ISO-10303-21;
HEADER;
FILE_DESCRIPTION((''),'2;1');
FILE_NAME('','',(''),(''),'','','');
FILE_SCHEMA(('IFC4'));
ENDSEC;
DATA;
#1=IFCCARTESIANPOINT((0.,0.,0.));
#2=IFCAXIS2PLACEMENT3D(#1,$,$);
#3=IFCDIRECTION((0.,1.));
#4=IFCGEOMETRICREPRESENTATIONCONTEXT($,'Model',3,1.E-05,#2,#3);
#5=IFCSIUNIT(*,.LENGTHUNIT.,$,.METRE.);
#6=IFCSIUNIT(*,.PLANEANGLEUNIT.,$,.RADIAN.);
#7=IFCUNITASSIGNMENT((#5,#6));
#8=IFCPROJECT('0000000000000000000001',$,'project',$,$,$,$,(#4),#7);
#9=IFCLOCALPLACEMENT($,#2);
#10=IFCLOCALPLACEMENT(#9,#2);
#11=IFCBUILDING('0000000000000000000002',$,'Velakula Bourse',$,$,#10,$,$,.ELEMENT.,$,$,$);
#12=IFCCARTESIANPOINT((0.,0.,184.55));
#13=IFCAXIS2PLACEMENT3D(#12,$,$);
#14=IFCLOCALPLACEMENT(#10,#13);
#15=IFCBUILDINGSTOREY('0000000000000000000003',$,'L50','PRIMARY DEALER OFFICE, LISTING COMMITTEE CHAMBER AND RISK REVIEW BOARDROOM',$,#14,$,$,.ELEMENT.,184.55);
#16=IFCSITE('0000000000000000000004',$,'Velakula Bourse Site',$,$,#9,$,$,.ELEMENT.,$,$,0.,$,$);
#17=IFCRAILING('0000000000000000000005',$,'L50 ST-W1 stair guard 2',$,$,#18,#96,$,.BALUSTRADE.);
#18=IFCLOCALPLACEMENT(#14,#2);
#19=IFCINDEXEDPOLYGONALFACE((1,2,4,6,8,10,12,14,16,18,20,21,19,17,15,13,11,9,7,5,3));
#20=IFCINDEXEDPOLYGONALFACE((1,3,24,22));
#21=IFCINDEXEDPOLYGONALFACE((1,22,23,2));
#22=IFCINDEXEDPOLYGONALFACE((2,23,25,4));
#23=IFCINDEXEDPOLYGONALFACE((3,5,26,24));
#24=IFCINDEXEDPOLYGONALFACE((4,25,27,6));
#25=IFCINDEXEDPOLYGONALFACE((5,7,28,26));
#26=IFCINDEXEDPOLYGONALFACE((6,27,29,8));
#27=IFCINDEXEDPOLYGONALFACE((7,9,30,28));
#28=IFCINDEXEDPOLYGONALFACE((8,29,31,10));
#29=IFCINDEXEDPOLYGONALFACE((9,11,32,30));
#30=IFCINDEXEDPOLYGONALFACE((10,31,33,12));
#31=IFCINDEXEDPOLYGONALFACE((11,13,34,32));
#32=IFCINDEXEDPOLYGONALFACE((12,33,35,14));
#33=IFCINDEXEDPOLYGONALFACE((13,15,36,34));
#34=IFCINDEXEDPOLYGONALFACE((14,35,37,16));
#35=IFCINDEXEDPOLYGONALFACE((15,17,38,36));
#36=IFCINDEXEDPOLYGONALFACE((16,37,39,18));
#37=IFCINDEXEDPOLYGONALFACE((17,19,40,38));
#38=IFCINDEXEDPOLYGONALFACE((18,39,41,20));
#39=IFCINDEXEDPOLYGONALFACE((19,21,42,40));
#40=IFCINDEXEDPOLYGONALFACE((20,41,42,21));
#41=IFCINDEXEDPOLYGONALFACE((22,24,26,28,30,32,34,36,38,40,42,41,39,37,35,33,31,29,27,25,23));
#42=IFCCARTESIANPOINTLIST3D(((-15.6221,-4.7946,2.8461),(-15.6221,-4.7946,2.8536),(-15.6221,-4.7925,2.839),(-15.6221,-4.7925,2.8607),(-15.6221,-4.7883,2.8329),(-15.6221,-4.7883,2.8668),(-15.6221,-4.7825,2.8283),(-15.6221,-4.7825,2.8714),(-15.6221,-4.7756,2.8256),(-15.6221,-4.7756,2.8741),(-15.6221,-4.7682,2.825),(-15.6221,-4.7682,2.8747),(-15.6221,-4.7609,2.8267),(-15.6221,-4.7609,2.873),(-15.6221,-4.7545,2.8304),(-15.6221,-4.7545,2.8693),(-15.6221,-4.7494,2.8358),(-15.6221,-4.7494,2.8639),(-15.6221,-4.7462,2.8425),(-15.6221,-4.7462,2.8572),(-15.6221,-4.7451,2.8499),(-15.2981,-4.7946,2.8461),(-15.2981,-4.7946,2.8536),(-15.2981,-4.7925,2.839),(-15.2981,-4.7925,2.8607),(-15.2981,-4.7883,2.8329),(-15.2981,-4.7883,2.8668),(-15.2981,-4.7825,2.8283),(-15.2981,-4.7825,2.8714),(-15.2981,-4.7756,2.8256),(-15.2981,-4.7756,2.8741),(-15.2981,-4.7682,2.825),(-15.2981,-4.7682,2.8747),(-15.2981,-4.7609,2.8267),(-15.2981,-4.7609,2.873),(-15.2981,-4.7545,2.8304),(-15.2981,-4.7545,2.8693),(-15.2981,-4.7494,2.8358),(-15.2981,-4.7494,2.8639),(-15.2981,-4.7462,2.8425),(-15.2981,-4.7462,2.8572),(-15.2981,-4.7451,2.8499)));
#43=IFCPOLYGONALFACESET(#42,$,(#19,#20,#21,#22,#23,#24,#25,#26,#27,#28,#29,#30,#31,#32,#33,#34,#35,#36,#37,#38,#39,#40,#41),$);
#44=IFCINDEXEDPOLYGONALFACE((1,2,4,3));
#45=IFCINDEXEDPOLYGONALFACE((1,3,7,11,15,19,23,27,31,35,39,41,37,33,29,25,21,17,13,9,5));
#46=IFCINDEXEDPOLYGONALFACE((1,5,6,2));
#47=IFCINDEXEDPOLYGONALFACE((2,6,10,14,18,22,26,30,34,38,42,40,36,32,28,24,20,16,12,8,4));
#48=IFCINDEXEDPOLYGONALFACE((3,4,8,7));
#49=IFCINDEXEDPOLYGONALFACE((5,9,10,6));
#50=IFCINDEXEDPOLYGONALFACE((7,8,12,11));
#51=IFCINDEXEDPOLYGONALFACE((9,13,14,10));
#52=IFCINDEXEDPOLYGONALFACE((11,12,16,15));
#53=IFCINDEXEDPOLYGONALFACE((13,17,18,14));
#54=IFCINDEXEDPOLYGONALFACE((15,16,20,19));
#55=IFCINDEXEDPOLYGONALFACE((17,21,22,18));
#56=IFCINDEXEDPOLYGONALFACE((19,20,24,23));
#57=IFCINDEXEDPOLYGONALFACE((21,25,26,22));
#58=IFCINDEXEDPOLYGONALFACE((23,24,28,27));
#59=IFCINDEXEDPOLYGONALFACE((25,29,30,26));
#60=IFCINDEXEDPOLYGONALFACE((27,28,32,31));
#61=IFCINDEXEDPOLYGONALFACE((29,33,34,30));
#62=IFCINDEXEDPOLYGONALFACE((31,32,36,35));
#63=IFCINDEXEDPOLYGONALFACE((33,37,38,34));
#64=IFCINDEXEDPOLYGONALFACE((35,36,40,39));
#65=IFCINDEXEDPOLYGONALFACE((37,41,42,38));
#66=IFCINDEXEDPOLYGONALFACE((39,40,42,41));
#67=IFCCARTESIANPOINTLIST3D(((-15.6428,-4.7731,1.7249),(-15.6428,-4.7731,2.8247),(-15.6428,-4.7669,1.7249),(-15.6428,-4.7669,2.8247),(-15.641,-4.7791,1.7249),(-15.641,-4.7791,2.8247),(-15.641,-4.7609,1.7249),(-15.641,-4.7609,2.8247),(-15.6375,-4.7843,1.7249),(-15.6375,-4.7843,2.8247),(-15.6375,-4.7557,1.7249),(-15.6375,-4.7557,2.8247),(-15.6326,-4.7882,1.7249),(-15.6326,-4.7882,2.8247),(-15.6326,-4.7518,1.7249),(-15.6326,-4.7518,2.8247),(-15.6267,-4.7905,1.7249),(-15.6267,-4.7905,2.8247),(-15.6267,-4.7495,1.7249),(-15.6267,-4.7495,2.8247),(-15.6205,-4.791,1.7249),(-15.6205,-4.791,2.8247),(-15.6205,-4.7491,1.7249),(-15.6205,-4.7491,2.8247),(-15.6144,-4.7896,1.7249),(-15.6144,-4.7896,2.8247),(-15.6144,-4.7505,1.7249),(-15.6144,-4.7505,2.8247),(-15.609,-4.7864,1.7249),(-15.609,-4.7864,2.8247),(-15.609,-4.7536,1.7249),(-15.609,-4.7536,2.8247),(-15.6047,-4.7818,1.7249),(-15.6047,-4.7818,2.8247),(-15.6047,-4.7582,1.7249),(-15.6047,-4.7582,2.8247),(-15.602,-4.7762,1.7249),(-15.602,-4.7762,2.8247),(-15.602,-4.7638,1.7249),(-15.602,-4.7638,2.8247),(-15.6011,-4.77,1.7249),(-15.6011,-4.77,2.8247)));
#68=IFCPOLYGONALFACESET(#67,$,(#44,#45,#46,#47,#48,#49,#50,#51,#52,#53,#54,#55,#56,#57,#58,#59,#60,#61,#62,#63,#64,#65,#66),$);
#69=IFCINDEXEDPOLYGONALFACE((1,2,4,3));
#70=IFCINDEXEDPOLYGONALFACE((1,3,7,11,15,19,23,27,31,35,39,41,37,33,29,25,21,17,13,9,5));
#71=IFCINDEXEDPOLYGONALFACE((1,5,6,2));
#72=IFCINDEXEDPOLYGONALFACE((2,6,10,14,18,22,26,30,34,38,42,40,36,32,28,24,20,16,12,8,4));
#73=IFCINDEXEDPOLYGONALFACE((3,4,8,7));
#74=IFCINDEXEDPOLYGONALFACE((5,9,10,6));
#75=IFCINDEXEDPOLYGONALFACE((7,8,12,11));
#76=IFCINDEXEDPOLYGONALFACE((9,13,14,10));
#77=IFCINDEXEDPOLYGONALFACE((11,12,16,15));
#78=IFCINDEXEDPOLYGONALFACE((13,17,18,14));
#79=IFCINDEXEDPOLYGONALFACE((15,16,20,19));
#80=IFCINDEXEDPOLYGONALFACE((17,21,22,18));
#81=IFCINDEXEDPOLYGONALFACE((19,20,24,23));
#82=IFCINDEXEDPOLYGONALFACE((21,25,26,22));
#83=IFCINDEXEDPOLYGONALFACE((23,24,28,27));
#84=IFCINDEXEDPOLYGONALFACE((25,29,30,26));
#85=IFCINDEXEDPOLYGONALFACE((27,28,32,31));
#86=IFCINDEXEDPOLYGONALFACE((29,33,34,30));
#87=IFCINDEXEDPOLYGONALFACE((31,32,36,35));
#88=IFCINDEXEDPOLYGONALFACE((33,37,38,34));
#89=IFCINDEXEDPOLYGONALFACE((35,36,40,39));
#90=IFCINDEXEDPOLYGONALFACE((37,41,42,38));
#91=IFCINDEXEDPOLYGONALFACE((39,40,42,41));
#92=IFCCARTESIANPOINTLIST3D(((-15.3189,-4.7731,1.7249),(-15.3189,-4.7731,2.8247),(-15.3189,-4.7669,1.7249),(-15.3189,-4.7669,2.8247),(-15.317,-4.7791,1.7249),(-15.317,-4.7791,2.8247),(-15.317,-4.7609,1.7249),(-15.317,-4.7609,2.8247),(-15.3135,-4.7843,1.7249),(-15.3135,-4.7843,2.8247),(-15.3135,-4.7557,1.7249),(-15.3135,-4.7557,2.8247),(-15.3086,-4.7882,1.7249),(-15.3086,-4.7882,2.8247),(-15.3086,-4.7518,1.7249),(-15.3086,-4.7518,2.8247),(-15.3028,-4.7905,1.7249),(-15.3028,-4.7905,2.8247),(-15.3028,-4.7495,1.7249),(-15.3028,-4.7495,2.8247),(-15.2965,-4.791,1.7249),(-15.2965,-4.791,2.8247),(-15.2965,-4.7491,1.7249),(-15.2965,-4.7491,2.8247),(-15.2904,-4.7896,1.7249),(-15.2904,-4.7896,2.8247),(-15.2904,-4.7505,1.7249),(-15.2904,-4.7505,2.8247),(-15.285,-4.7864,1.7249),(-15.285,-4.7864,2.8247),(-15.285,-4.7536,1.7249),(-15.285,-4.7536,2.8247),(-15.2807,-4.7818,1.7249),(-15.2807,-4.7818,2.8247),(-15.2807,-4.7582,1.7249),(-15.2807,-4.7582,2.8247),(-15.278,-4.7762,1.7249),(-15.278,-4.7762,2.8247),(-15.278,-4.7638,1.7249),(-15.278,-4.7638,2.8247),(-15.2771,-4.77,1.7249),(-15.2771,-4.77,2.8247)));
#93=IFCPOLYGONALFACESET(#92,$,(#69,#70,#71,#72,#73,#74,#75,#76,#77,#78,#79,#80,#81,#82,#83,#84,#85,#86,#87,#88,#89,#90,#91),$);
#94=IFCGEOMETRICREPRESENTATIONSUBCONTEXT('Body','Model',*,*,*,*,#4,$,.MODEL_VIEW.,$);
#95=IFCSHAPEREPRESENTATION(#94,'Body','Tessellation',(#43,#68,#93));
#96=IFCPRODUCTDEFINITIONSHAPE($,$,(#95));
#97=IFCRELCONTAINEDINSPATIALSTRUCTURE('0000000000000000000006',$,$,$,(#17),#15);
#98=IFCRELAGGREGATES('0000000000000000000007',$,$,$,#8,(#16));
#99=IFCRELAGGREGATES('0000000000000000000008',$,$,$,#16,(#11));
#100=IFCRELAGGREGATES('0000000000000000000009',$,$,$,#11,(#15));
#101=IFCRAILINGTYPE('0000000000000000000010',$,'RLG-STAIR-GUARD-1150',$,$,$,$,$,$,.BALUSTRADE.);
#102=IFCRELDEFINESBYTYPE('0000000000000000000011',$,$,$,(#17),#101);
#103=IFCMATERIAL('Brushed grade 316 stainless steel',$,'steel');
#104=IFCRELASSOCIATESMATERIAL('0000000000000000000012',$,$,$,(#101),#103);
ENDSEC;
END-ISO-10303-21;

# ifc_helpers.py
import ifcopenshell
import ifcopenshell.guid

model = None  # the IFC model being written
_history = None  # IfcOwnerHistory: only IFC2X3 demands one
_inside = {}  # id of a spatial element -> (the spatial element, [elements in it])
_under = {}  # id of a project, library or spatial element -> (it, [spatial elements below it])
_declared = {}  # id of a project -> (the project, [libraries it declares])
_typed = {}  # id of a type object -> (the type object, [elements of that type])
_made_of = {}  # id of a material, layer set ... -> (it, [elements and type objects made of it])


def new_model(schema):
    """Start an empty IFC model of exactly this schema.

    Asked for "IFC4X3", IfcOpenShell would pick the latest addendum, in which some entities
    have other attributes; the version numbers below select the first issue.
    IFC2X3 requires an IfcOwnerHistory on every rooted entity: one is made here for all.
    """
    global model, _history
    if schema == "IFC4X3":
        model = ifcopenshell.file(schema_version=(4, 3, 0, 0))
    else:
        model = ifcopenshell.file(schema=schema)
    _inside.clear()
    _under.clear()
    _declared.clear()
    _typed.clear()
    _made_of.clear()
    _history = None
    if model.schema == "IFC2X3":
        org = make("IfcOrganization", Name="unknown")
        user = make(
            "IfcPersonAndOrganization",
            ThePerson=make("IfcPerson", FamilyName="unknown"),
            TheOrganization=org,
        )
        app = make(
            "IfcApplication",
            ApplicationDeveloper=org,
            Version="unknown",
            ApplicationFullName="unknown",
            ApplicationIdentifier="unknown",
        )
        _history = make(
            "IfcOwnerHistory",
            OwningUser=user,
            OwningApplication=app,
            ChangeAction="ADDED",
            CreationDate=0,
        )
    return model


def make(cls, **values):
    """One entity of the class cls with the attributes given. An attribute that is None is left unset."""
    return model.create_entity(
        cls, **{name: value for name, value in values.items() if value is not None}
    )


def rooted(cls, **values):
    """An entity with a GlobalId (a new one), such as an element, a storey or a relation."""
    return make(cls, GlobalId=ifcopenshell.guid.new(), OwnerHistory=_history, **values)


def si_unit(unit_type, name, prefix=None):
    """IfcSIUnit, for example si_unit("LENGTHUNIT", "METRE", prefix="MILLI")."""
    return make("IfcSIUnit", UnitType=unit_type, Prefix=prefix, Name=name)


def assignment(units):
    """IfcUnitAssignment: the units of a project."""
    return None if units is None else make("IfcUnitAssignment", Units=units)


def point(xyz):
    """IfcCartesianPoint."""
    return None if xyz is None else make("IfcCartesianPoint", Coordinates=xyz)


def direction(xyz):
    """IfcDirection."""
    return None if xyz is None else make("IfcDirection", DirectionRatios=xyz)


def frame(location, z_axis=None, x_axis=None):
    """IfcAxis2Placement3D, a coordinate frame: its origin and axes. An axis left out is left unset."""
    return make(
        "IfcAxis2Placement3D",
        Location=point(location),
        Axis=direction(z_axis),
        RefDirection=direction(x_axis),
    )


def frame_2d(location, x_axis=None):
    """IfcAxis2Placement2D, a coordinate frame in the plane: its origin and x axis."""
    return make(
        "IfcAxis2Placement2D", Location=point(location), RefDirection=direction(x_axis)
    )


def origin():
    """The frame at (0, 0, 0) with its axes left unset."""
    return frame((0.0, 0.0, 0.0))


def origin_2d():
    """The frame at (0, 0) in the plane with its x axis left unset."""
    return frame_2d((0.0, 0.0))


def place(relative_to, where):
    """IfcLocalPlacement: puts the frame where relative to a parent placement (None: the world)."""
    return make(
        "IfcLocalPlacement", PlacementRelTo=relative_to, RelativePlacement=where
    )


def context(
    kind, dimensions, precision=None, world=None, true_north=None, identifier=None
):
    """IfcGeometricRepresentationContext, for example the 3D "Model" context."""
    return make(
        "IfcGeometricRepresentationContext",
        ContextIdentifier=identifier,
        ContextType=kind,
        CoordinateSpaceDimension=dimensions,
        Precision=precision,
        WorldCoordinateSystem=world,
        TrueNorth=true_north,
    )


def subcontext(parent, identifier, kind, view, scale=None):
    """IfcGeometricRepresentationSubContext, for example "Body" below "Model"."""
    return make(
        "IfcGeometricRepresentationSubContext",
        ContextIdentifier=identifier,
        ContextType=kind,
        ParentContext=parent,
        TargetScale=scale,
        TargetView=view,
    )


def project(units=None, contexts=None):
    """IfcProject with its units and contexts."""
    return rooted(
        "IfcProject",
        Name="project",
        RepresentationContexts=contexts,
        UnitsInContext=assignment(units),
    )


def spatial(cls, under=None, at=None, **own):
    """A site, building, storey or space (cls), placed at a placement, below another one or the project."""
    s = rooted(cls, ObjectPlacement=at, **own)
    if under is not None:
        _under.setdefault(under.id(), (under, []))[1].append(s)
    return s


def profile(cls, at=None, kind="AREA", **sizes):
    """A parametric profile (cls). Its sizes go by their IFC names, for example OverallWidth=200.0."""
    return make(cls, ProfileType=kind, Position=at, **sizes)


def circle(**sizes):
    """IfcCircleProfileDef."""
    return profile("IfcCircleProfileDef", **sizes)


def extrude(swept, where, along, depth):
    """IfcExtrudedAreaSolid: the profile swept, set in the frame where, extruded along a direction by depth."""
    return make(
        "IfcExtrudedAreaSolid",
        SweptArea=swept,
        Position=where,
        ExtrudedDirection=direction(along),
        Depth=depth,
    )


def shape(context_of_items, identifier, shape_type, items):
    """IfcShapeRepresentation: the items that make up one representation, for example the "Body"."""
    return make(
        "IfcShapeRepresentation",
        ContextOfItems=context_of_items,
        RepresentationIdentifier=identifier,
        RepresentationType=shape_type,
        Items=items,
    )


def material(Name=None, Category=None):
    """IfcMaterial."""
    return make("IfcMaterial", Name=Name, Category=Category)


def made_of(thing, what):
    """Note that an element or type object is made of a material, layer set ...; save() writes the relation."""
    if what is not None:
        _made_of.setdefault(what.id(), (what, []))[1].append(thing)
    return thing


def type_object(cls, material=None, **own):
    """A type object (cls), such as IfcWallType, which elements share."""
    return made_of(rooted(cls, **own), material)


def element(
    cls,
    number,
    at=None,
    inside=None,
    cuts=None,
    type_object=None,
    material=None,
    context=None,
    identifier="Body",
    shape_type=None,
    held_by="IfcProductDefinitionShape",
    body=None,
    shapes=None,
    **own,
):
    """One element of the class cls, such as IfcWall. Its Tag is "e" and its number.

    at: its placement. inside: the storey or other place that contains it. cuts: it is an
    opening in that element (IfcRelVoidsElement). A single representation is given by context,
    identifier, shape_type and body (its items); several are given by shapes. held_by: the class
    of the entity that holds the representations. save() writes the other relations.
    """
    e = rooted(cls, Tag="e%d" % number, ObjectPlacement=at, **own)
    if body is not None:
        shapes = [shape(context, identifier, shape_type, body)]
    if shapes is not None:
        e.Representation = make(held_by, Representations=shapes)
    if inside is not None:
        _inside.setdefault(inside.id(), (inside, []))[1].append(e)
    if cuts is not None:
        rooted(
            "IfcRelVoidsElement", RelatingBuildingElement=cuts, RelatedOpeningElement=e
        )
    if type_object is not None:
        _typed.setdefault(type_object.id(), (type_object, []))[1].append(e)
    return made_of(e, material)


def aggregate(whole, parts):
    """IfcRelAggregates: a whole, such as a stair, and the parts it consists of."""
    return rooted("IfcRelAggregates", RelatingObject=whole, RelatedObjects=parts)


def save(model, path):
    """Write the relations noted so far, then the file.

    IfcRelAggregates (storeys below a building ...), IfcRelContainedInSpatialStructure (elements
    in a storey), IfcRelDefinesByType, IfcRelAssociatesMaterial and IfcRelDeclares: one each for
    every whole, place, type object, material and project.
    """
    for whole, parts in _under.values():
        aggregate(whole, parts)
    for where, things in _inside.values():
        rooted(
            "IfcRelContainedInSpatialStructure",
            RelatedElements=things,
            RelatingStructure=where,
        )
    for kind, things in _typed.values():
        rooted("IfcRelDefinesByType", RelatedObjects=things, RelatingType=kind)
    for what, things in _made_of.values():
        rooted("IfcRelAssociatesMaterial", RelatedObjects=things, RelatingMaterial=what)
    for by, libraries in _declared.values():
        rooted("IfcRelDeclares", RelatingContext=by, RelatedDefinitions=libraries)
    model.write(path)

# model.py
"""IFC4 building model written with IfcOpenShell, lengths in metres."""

from ifc_helpers import new_model, si_unit, direction, frame, origin, origin_2d, place, context, subcontext, project, spatial, circle, extrude, material, type_object, element, save


model = new_model("IFC4")

# Units and contexts
model_context = context("Model", 3, precision=1e-05, world=origin(), true_north=direction((0.0, 1.0)))
body_context = subcontext(model_context, "Body", "Model", "MODEL_VIEW")
ifc_project = project(units=[si_unit("LENGTHUNIT", "METRE"), si_unit("PLANEANGLEUNIT", "RADIAN")], contexts=[model_context])

# Site, building, storey
site_placement = place(None, origin())
site = spatial("IfcSite", under=ifc_project, at=site_placement, Name="Velakula Bourse Site", CompositionType="ELEMENT", RefElevation=0.0)
building_placement = place(site_placement, origin())
building = spatial("IfcBuilding", under=site, at=building_placement, Name="Velakula Bourse", CompositionType="ELEMENT")
storey_placement = place(building_placement, frame((0.0, 0.0, 184.55)))
storey = spatial("IfcBuildingStorey", under=building, at=storey_placement, Name="L50", Description="PRIMARY DEALER OFFICE, LISTING COMMITTEE CHAMBER AND RISK REVIEW BOARDROOM", CompositionType="ELEMENT", Elevation=184.55)

# Shared definitions
ifc_material_1 = material(Name="Brushed grade 316 stainless steel", Category="steel")

# Railing
railing_type_1 = type_object("IfcRailingType", Name="RLG-STAIR-GUARD-1150", PredefinedType="BALUSTRADE", material=ifc_material_1)
railing_1_placement = place(storey_placement, frame((-15.6221, -4.77, 1.7249)))
element("IfcRailing", 1, at=railing_1_placement, inside=storey, type_object=railing_type_1, Name="L50 ST-W1 stair guard 2", PredefinedType="BALUSTRADE", context=body_context, shape_type="SweptSolid", body=[
    extrude(circle(Radius=0.0249, at=origin_2d()), frame((0.0, 0.0, 1.125), z_axis=(1.0, 0.0, 0.0), x_axis=(0.0, 1.0, 0.0)), (0.0, 0.0, 1.0), 0.324),
    extrude(circle(Radius=0.021, at=origin_2d()), origin(), (0.0, 0.0, 1.0), 1.0999),
    extrude(circle(Radius=0.021, at=origin_2d()), frame((0.324, 0.0, 0.0)), (0.0, 0.0, 1.0), 1.0999),
])

save(model, "model.ifc")
